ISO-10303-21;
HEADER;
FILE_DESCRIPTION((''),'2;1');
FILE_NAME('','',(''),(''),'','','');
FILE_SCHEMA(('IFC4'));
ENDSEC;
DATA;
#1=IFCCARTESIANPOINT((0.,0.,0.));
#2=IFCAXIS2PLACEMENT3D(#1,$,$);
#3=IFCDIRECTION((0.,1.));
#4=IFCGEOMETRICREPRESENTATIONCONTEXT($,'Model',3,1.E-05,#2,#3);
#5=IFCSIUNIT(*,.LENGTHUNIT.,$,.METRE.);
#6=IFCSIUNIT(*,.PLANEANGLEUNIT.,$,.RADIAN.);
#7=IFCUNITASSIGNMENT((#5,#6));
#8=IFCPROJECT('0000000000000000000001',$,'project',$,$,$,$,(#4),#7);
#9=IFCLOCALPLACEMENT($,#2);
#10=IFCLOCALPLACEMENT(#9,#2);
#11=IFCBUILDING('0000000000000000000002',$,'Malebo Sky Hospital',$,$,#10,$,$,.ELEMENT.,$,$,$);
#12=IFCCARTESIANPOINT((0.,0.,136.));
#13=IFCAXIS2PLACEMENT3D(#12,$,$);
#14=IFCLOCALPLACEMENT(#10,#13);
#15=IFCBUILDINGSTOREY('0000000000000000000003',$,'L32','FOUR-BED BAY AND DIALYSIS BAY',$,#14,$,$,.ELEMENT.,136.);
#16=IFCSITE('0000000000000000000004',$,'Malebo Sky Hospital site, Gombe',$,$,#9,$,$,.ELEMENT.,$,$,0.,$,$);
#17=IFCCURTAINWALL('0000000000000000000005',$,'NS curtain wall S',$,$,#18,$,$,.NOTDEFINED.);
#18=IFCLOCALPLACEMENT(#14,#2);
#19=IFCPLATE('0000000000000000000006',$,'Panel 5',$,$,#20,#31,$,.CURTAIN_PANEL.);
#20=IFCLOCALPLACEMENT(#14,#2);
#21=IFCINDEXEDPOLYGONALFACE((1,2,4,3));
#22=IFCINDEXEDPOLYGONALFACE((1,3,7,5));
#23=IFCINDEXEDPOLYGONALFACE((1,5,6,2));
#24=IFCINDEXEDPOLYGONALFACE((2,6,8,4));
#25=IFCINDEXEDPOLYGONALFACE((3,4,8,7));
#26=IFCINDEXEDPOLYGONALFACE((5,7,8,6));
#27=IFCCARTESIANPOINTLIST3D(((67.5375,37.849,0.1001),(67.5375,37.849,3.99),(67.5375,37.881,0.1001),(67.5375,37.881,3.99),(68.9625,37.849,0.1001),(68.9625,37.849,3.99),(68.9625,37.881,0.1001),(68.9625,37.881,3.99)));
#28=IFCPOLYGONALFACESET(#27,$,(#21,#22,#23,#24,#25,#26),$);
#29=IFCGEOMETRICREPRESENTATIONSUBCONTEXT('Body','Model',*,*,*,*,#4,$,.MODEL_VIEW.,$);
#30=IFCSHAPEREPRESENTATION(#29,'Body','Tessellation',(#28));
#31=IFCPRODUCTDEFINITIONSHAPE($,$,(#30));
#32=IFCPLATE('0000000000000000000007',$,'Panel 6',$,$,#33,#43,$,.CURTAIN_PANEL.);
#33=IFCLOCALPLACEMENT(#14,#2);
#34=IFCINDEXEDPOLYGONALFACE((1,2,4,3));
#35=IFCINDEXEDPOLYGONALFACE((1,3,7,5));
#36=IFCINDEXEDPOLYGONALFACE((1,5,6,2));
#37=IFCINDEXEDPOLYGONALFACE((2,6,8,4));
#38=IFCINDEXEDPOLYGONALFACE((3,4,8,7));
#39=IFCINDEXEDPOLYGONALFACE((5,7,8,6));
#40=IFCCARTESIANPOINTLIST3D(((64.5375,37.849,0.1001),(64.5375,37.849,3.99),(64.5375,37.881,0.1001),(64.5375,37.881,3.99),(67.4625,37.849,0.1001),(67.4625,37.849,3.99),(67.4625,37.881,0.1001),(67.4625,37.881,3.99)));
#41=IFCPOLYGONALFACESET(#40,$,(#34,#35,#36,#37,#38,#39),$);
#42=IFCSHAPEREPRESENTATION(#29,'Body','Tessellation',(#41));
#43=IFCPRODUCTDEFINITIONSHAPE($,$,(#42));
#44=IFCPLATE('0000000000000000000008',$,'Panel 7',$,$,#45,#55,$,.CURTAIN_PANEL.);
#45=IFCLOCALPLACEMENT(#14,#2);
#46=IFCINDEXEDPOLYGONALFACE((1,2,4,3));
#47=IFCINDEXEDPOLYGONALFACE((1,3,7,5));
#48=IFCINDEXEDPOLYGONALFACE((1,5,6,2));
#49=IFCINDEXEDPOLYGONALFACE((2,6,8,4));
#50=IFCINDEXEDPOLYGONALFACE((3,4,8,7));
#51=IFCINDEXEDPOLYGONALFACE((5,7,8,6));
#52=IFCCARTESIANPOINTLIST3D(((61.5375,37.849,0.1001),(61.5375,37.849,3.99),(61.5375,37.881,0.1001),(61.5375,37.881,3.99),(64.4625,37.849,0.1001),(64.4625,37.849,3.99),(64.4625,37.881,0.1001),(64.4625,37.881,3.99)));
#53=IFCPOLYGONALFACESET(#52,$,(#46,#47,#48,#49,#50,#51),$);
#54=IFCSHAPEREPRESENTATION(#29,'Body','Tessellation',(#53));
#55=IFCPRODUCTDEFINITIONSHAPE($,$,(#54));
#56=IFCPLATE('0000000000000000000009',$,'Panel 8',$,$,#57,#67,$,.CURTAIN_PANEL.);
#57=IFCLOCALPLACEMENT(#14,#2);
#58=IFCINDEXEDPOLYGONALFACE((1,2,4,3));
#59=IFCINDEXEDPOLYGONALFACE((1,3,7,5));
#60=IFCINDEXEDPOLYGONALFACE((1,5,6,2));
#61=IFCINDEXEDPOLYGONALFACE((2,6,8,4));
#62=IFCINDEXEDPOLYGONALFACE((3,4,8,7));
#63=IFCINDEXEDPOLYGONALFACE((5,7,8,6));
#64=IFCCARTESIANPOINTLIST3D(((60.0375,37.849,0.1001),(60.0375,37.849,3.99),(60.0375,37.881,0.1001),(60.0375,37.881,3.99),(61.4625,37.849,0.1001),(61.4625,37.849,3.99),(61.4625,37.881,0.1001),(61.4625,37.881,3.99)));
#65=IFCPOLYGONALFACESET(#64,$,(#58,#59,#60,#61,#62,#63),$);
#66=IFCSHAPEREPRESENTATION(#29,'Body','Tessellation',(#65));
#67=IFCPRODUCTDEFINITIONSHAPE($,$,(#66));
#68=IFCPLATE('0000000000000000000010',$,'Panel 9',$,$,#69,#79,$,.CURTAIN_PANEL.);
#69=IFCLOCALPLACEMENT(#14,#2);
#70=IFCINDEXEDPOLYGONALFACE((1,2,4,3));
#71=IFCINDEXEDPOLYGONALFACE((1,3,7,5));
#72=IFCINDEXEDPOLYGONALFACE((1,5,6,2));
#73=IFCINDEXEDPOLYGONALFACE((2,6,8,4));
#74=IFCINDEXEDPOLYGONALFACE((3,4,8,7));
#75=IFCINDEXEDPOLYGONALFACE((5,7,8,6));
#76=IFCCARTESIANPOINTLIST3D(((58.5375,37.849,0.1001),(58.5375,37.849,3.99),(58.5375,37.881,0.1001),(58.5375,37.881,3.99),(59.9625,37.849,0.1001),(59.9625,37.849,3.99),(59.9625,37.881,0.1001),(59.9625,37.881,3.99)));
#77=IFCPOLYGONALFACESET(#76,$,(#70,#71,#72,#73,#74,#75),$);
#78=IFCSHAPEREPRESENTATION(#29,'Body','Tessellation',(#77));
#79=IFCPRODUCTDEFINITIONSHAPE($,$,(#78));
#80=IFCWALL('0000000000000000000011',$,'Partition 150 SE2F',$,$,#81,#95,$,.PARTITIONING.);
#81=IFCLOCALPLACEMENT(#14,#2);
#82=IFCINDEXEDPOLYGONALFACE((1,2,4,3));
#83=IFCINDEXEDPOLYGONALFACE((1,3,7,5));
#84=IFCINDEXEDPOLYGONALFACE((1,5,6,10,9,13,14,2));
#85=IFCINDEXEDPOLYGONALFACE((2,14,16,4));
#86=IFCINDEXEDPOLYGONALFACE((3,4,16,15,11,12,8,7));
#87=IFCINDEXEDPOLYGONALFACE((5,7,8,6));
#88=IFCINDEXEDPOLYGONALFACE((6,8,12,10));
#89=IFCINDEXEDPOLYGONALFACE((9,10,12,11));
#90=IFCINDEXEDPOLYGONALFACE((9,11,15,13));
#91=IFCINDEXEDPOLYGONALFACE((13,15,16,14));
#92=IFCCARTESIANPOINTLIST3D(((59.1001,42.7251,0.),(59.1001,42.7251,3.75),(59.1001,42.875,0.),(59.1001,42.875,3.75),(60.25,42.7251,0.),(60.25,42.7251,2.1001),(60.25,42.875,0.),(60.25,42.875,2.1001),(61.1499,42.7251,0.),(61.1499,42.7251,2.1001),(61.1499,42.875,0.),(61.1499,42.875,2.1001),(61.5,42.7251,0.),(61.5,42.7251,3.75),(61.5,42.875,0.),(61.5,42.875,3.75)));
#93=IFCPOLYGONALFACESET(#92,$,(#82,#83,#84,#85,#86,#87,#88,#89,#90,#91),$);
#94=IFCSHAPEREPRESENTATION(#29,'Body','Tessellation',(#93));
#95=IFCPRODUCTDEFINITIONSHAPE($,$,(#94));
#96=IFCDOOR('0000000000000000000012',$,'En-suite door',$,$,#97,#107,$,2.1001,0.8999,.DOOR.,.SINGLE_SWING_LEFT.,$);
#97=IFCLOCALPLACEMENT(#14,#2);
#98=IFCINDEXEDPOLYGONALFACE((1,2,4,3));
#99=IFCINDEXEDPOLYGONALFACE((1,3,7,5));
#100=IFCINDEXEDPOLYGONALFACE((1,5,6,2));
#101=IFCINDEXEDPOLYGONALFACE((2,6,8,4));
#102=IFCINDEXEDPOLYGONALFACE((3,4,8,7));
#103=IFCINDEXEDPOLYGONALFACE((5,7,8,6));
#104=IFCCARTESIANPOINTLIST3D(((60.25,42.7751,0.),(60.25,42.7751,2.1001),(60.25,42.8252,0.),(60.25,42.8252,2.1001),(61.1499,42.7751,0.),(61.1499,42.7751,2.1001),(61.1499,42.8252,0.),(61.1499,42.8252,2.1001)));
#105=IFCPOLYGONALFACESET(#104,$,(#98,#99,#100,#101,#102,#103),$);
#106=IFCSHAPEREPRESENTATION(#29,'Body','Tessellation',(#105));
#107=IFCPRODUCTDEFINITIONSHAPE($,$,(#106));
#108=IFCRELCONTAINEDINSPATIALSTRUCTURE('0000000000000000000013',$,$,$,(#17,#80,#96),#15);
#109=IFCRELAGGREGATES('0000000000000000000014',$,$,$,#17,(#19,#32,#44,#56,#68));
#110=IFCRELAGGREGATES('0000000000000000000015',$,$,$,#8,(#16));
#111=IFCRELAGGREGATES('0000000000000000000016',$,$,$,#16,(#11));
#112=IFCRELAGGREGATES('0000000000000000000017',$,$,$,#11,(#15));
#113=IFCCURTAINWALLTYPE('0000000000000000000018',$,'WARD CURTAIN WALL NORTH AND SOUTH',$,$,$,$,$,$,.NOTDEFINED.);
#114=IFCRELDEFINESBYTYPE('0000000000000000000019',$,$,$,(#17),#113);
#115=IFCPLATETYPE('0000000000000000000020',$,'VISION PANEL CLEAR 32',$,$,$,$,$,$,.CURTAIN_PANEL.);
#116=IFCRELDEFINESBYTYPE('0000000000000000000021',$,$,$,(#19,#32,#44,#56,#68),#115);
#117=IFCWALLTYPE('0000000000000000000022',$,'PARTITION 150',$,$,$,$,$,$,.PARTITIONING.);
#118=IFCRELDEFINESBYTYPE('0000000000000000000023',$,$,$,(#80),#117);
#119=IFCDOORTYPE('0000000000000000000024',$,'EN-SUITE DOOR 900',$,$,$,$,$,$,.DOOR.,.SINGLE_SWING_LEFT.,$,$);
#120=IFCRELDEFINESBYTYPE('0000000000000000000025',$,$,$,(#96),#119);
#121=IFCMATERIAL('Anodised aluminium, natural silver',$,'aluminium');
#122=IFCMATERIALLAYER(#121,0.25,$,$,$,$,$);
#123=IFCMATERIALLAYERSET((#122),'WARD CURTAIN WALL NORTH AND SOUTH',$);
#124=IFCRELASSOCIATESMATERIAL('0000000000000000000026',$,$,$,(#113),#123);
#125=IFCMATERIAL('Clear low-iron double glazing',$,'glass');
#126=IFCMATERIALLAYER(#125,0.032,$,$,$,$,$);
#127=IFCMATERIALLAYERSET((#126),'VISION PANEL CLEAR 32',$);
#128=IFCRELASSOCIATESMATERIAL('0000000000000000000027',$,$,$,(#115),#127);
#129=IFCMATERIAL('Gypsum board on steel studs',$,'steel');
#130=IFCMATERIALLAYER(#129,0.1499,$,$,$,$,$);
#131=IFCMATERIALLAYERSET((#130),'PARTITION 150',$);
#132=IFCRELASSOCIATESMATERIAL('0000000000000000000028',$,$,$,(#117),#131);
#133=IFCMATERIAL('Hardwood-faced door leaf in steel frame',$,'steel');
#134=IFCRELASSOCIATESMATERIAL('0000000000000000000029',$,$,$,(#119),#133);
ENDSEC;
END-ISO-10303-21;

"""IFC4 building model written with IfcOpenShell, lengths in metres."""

from ifc_helpers import new_model, si_unit, direction, frame, frame_2d, origin, origin_2d, place, context, subcontext, project, spatial, rectangle, extrude, material, layer, layer_set, type_object, element, fill, aggregate, save


model = new_model("IFC4")

# Units and contexts
model_context = context("Model", 3, precision=1e-05, world=origin(), true_north=direction((0.0, 1.0)))
body_context = subcontext(model_context, "Body", "Model", "MODEL_VIEW")
ifc_project = project(units=[si_unit("LENGTHUNIT", "METRE"), si_unit("PLANEANGLEUNIT", "RADIAN")], contexts=[model_context])

# Site, building, storey
site_placement = place(None, origin())
site = spatial("IfcSite", under=ifc_project, at=site_placement, Name="Malebo Sky Hospital site, Gombe", CompositionType="ELEMENT", RefElevation=0.0)
building_placement = place(site_placement, origin())
building = spatial("IfcBuilding", under=site, at=building_placement, Name="Malebo Sky Hospital", CompositionType="ELEMENT")
storey_placement = place(building_placement, frame((0.0, 0.0, 136.0)))
storey = spatial("IfcBuildingStorey", under=building, at=storey_placement, Name="L32", Description="FOUR-BED BAY AND DIALYSIS BAY", CompositionType="ELEMENT", Elevation=136.0)

# Curtain wall
ifc_material_1 = material(Name="Anodised aluminium, natural silver", Category="aluminium")
ifc_layer_1 = layer(ifc_material_1, 0.25)
ifc_layer_set_1 = layer_set([ifc_layer_1], Name="WARD CURTAIN WALL NORTH AND SOUTH")
curtain_wall_type = type_object("IfcCurtainWallType", Name="WARD CURTAIN WALL NORTH AND SOUTH", PredefinedType="NOTDEFINED", material=ifc_layer_set_1)
curtain_wall_placement = place(storey_placement, origin())
curtain_wall = element("IfcCurtainWall", 1, at=curtain_wall_placement, inside=storey, type_object=curtain_wall_type, Name="NS curtain wall S", PredefinedType="NOTDEFINED")

# Plates
ifc_material_2 = material(Name="Clear low-iron double glazing", Category="glass")
ifc_layer_2 = layer(ifc_material_2, 0.032)
ifc_layer_set_2 = layer_set([ifc_layer_2], Name="VISION PANEL CLEAR 32")
plate_type = type_object("IfcPlateType", Name="VISION PANEL CLEAR 32", PredefinedType="CURTAIN_PANEL", material=ifc_layer_set_2)
plate_1_placement = place(storey_placement, frame((68.25, 37.865, 0.1001), z_axis=(0.0, 0.0, 1.0), x_axis=(-1.0, 0.0, 0.0)))
plate_1 = element("IfcPlate", 2, at=plate_1_placement, type_object=plate_type, Name="Panel 5", PredefinedType="CURTAIN_PANEL", context=body_context, shape_type="SweptSolid", body=[
    extrude(rectangle(XDim=1.425, YDim=0.032, at=origin_2d()), origin(), (0.0, 0.0, 1.0), 3.8899),
])
plate_2_placement = place(storey_placement, frame((66.0, 37.865, 0.1001), z_axis=(0.0, 0.0, 1.0), x_axis=(-1.0, 0.0, 0.0)))
plate_2 = element("IfcPlate", 3, at=plate_2_placement, type_object=plate_type, Name="Panel 6", PredefinedType="CURTAIN_PANEL", context=body_context, shape_type="SweptSolid", body=[
    extrude(rectangle(XDim=2.925, YDim=0.032, at=origin_2d()), origin(), (0.0, 0.0, 1.0), 3.8899),
])
plate_3_placement = place(storey_placement, frame((63.0, 37.865, 0.1001), z_axis=(0.0, 0.0, 1.0), x_axis=(-1.0, 0.0, 0.0)))
plate_3 = element("IfcPlate", 4, at=plate_3_placement, type_object=plate_type, Name="Panel 7", PredefinedType="CURTAIN_PANEL", context=body_context, shape_type="SweptSolid", body=[
    extrude(rectangle(XDim=2.925, YDim=0.032, at=origin_2d()), origin(), (0.0, 0.0, 1.0), 3.8899),
])
plate_4_placement = place(storey_placement, frame((60.75, 37.865, 0.1001), z_axis=(0.0, 0.0, 1.0), x_axis=(-1.0, 0.0, 0.0)))
plate_4 = element("IfcPlate", 5, at=plate_4_placement, type_object=plate_type, Name="Panel 8", PredefinedType="CURTAIN_PANEL", context=body_context, shape_type="SweptSolid", body=[
    extrude(rectangle(XDim=1.425, YDim=0.032, at=origin_2d()), origin(), (0.0, 0.0, 1.0), 3.8899),
])
plate_5_placement = place(storey_placement, frame((59.25, 37.865, 0.1001), z_axis=(0.0, 0.0, 1.0), x_axis=(-1.0, 0.0, 0.0)))
plate_5 = element("IfcPlate", 6, at=plate_5_placement, type_object=plate_type, Name="Panel 9", PredefinedType="CURTAIN_PANEL", context=body_context, shape_type="SweptSolid", body=[
    extrude(rectangle(XDim=1.425, YDim=0.032, at=origin_2d()), origin(), (0.0, 0.0, 1.0), 3.8899),
])
aggregate(curtain_wall, [plate_1, plate_2, plate_3, plate_4, plate_5])

# Wall, opening, door
ifc_material_3 = material(Name="Gypsum board on steel studs", Category="steel")
ifc_layer_3 = layer(ifc_material_3, 0.1499)
ifc_layer_set_3 = layer_set([ifc_layer_3], Name="PARTITION 150")
wall_type = type_object("IfcWallType", Name="PARTITION 150", PredefinedType="PARTITIONING", material=ifc_layer_set_3)
wall_placement = place(storey_placement, frame((61.5, 42.8, 0.0), z_axis=(0.0, 0.0, 1.0), x_axis=(-1.0, 0.0, 0.0)))
wall = element("IfcWall", 7, at=wall_placement, inside=storey, type_object=wall_type, Name="Partition 150 SE2F", PredefinedType="PARTITIONING", context=body_context, shape_type="SweptSolid", body=[
    extrude(rectangle(XDim=2.3999, YDim=0.1499, at=frame_2d((1.2, 0.0))), origin(), (0.0, 0.0, 1.0), 3.75),
])
opening_placement = place(wall_placement, frame((0.3501, 0.0, 0.0)))
opening = element("IfcOpeningElement", 8, at=opening_placement, cuts=wall, PredefinedType="OPENING", context=body_context, shape_type="SweptSolid", body=[
    extrude(rectangle(XDim=0.8999, YDim=2.1001, at=frame_2d((0.45, 1.05))), frame((0.0, 0.085, 0.0), z_axis=(0.0, -1.0, 0.0), x_axis=(1.0, 0.0, 0.0)), (0.0, 0.0, 1.0), 0.1699),
])
ifc_material_4 = material(Name="Hardwood-faced door leaf in steel frame", Category="steel")
door_type = type_object("IfcDoorType", Name="EN-SUITE DOOR 900", OperationType="SINGLE_SWING_LEFT", PredefinedType="DOOR", material=ifc_material_4)
door_placement = place(opening_placement, origin())
door = element("IfcDoor", 9, at=door_placement, inside=storey, type_object=door_type, Name="En-suite door", OperationType="SINGLE_SWING_LEFT", OverallHeight=2.1001, OverallWidth=0.8999, PredefinedType="DOOR", context=body_context, shape_type="SweptSolid", body=[
    extrude(rectangle(XDim=0.8999, YDim=2.1001, at=frame_2d((0.45, 1.05))), frame((0.0, 0.0249, 0.0), z_axis=(0.0, -1.0, 0.0), x_axis=(1.0, 0.0, 0.0)), (0.0, 0.0, 1.0), 0.05),
])
fill(opening, door)

save(model, "model.ifc")
